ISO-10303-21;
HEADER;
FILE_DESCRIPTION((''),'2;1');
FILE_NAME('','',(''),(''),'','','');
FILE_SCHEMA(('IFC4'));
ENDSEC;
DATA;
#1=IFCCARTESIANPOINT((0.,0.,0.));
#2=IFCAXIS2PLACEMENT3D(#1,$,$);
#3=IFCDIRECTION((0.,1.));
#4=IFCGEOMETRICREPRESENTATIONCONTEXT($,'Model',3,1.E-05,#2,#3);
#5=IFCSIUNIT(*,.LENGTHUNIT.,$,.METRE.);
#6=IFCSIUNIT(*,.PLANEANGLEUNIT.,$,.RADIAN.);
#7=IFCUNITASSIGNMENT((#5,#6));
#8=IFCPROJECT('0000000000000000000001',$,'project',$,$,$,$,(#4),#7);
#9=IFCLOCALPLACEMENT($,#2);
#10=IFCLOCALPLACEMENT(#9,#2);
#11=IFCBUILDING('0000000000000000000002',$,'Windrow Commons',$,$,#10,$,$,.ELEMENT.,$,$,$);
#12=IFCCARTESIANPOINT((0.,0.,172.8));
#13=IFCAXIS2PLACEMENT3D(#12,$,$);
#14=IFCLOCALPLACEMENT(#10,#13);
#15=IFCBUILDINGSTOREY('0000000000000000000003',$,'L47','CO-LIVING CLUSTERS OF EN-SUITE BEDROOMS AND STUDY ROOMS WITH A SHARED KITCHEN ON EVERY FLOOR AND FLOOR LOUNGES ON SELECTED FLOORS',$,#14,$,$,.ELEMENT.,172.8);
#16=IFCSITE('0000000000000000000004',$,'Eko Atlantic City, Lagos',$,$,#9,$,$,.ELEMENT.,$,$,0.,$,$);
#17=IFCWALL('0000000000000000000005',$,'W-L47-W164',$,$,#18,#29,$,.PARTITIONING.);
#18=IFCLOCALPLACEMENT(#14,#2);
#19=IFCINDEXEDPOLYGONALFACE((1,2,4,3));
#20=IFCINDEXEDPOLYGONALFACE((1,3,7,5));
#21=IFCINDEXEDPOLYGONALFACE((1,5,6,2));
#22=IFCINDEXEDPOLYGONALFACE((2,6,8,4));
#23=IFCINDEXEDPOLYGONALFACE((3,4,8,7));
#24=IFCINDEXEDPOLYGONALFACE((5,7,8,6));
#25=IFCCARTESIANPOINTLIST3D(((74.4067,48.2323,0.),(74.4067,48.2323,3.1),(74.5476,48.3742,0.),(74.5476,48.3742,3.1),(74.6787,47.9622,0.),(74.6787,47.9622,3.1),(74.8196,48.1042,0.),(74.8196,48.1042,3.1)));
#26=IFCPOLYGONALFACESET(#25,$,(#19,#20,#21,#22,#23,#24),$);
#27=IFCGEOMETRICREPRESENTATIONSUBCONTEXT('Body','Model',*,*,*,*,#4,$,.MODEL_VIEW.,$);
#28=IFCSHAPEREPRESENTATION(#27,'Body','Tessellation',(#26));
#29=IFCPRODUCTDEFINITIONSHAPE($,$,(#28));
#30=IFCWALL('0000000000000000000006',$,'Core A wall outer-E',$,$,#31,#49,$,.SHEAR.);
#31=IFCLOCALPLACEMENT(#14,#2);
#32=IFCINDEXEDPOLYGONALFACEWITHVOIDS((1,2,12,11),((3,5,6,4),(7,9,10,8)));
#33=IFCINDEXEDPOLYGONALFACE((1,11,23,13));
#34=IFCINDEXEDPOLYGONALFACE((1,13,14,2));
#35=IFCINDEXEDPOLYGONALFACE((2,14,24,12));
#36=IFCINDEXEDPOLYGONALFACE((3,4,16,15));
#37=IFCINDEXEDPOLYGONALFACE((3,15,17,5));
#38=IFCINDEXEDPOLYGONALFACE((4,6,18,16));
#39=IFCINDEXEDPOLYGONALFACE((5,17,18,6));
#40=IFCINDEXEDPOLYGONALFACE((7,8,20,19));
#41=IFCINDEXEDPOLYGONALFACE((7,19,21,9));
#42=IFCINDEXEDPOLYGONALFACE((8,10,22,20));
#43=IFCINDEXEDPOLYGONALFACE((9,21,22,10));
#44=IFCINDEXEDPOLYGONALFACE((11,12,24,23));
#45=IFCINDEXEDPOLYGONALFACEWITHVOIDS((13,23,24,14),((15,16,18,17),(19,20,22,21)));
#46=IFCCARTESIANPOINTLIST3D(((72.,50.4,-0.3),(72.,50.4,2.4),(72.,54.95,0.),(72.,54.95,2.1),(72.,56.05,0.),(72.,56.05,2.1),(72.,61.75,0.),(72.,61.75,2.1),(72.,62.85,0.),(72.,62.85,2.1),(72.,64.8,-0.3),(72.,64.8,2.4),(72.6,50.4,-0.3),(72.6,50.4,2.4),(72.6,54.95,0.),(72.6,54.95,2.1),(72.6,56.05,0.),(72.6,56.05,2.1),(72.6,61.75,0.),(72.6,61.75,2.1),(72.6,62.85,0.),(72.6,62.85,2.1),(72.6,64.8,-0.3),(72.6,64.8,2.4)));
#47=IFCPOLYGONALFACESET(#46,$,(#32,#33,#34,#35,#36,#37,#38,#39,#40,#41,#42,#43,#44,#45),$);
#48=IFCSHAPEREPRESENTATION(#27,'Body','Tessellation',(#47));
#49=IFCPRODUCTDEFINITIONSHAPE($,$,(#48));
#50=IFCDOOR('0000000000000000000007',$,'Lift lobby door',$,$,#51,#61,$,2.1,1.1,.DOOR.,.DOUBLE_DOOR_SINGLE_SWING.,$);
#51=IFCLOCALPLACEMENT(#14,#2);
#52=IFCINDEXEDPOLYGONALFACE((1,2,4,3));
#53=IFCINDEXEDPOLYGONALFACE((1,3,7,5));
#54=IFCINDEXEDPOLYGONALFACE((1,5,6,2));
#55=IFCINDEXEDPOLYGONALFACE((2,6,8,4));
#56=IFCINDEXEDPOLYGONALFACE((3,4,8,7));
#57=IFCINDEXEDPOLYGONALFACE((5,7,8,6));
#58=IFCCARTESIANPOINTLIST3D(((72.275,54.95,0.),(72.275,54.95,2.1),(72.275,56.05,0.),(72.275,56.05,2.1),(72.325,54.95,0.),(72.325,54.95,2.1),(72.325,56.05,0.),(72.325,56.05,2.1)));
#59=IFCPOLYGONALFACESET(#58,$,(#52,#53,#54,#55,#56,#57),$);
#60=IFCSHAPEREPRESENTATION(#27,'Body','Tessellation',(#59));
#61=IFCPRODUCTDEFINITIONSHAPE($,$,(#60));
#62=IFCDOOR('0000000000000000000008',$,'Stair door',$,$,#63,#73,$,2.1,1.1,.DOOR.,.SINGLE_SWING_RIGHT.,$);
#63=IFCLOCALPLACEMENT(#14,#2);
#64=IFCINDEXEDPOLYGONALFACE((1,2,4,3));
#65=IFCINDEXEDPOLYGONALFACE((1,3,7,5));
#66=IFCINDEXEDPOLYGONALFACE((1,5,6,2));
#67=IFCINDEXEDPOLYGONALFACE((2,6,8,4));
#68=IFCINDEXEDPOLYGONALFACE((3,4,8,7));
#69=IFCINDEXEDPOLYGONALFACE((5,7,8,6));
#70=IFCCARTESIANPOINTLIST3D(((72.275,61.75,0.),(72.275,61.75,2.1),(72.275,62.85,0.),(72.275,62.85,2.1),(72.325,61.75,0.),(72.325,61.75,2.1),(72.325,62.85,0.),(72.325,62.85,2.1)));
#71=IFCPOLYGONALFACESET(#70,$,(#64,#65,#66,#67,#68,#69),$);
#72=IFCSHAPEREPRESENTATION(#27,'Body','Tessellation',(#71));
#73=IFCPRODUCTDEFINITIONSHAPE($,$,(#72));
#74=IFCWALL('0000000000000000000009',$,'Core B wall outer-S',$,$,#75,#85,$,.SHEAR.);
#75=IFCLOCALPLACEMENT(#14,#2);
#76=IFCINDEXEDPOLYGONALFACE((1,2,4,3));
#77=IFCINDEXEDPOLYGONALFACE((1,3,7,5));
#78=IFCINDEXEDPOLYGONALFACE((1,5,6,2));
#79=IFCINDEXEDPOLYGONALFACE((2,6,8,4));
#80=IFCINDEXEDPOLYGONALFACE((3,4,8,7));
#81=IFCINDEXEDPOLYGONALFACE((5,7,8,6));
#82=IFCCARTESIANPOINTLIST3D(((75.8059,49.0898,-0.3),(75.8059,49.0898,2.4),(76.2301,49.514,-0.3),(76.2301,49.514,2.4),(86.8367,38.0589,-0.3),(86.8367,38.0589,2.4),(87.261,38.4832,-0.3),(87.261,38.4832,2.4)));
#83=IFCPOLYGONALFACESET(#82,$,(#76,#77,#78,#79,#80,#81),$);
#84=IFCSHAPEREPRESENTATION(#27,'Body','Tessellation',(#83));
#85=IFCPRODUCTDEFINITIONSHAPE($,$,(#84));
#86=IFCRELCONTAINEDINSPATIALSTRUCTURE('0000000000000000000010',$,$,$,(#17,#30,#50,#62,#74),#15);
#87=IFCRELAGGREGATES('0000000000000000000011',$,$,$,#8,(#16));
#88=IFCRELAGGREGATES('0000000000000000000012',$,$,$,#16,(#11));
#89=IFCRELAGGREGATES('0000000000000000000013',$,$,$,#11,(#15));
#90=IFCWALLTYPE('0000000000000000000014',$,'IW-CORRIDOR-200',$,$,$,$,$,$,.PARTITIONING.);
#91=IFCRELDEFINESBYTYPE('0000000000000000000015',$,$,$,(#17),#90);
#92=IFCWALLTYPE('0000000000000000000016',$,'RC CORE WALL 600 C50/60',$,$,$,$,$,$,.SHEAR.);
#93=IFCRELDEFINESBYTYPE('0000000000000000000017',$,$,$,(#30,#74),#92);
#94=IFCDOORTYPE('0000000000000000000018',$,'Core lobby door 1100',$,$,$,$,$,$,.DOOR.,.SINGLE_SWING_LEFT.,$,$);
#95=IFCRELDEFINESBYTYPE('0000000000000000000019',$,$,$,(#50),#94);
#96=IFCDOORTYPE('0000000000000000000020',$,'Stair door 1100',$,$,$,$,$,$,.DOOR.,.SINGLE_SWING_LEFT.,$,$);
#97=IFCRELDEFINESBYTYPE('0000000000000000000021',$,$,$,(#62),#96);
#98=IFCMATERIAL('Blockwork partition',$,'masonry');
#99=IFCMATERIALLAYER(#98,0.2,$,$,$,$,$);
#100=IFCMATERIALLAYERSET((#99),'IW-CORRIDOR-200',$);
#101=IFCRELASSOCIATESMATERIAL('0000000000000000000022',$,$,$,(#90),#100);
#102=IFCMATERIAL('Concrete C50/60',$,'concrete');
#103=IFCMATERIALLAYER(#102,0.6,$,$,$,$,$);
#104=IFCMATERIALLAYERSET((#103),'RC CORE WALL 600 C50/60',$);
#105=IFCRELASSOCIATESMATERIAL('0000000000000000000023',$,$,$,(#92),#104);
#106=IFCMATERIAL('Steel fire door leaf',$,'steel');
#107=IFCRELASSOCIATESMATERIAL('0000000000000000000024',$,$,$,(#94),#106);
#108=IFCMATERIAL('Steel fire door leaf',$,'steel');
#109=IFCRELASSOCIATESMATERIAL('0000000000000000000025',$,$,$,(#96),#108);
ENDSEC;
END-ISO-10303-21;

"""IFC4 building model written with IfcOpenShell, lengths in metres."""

from ifc_helpers import new_model, si_unit, direction, frame, frame_2d, origin, place, context, subcontext, project, spatial, rectangle, extrude, material, layer, layer_set, type_object, element, fill, save


model = new_model("IFC4")

# Units and contexts
model_context = context("Model", 3, precision=1e-05, world=origin(), true_north=direction((0.0, 1.0)))
body_context = subcontext(model_context, "Body", "Model", "MODEL_VIEW")
ifc_project = project(units=[si_unit("LENGTHUNIT", "METRE"), si_unit("PLANEANGLEUNIT", "RADIAN")], contexts=[model_context])

# Site, building, storey
site_placement = place(None, origin())
site = spatial("IfcSite", under=ifc_project, at=site_placement, Name="Eko Atlantic City, Lagos", CompositionType="ELEMENT", RefElevation=0.0)
building_placement = place(site_placement, origin())
building = spatial("IfcBuilding", under=site, at=building_placement, Name="Windrow Commons", CompositionType="ELEMENT")
storey_placement = place(building_placement, frame((0.0, 0.0, 172.8)))
storey = spatial("IfcBuildingStorey", under=building, at=storey_placement, Name="L47", Description="CO-LIVING CLUSTERS OF EN-SUITE BEDROOMS AND STUDY ROOMS WITH A SHARED KITCHEN ON EVERY FLOOR AND FLOOR LOUNGES ON SELECTED FLOORS", CompositionType="ELEMENT", Elevation=172.8)

# Shared definitions
ifc_material_1 = material(Name="Blockwork partition", Category="masonry")
ifc_layer_1 = layer(ifc_material_1, 0.2)
ifc_layer_set_1 = layer_set([ifc_layer_1], Name="IW-CORRIDOR-200")
wall_type_1 = type_object("IfcWallType", Name="IW-CORRIDOR-200", PredefinedType="PARTITIONING", material=ifc_layer_set_1)

# Wall
wall_1_placement = place(storey_placement, frame((74.4772, 48.3032, 0.0), z_axis=(0.0, 0.0, 1.0), x_axis=(0.709711, -0.704493, 0.0)))
element("IfcWall", 1, at=wall_1_placement, inside=storey, type_object=wall_type_1, Name="W-L47-W164", PredefinedType="PARTITIONING", context=body_context, shape_type="SweptSolid", body=[
    extrude(rectangle(XDim=0.3833, YDim=0.2, at=frame_2d((0.1916, 0.0))), origin(), (0.0, 0.0, 1.0), 3.1),
])

# Wall, openings, doors
ifc_material_2 = material(Name="Concrete C50/60", Category="concrete")
ifc_layer_2 = layer(ifc_material_2, 0.6)
ifc_layer_set_2 = layer_set([ifc_layer_2], Name="RC CORE WALL 600 C50/60")
wall_type_2 = type_object("IfcWallType", Name="RC CORE WALL 600 C50/60", PredefinedType="SHEAR", material=ifc_layer_set_2)
wall_2_placement = place(storey_placement, frame((72.3, 50.4, -0.3), z_axis=(0.0, 0.0, 1.0), x_axis=(0.0, 1.0, 0.0)))
wall_2 = element("IfcWall", 2, at=wall_2_placement, inside=storey, type_object=wall_type_2, Name="Core A wall outer-E", PredefinedType="SHEAR", context=body_context, shape_type="SweptSolid", body=[
    extrude(rectangle(XDim=14.4, YDim=0.6, at=frame_2d((7.2, 0.0))), origin(), (0.0, 0.0, 1.0), 2.7),
])
opening_1_placement = place(wall_2_placement, frame((4.55, 0.0, 0.3)))
opening_1 = element("IfcOpeningElement", 3, at=opening_1_placement, cuts=wall_2, PredefinedType="OPENING", context=body_context, shape_type="SweptSolid", body=[
    extrude(rectangle(XDim=1.1, YDim=2.1, at=frame_2d((0.55, 1.05))), frame((0.0, 0.31, 0.0), z_axis=(0.0, -1.0, 0.0), x_axis=(1.0, 0.0, 0.0)), (0.0, 0.0, 1.0), 0.62),
])
opening_2_placement = place(wall_2_placement, frame((11.35, 0.0, 0.3)))
opening_2 = element("IfcOpeningElement", 4, at=opening_2_placement, cuts=wall_2, PredefinedType="OPENING", context=body_context, shape_type="SweptSolid", body=[
    extrude(rectangle(XDim=1.1, YDim=2.1, at=frame_2d((0.55, 1.05))), frame((0.0, 0.31, 0.0), z_axis=(0.0, -1.0, 0.0), x_axis=(1.0, 0.0, 0.0)), (0.0, 0.0, 1.0), 0.62),
])
ifc_material_3 = material(Name="Steel fire door leaf", Category="steel")
door_type_1 = type_object("IfcDoorType", Name="Core lobby door 1100", OperationType="SINGLE_SWING_LEFT", PredefinedType="DOOR", material=ifc_material_3)
door_1_placement = place(opening_1_placement, origin())
door_1 = element("IfcDoor", 5, at=door_1_placement, inside=storey, type_object=door_type_1, Name="Lift lobby door", OperationType="DOUBLE_DOOR_SINGLE_SWING", OverallHeight=2.1, OverallWidth=1.1, PredefinedType="DOOR", context=body_context, shape_type="SweptSolid", body=[
    extrude(rectangle(XDim=1.1, YDim=2.1, at=frame_2d((0.55, 1.05))), frame((0.0, 0.025, 0.0), z_axis=(0.0, -1.0, 0.0), x_axis=(1.0, 0.0, 0.0)), (0.0, 0.0, 1.0), 0.05),
])
fill(opening_1, door_1)
ifc_material_4 = material(Name="Steel fire door leaf", Category="steel")
door_type_2 = type_object("IfcDoorType", Name="Stair door 1100", OperationType="SINGLE_SWING_LEFT", PredefinedType="DOOR", material=ifc_material_4)
door_2_placement = place(opening_2_placement, origin())
door_2 = element("IfcDoor", 6, at=door_2_placement, inside=storey, type_object=door_type_2, Name="Stair door", OperationType="SINGLE_SWING_RIGHT", OverallHeight=2.1, OverallWidth=1.1, PredefinedType="DOOR", context=body_context, shape_type="SweptSolid", body=[
    extrude(rectangle(XDim=1.1, YDim=2.1, at=frame_2d((0.55, 1.05))), frame((0.0, 0.025, 0.0), z_axis=(0.0, -1.0, 0.0), x_axis=(1.0, 0.0, 0.0)), (0.0, 0.0, 1.0), 0.05),
])
fill(opening_2, door_2)

# Wall
wall_3_placement = place(storey_placement, frame((76.018, 49.3019, -0.3), z_axis=(0.0, 0.0, 1.0), x_axis=(0.707107, -0.707107, 0.0)))
element("IfcWall", 7, at=wall_3_placement, inside=storey, type_object=wall_type_2, Name="Core B wall outer-S", PredefinedType="SHEAR", context=body_context, shape_type="SweptSolid", body=[
    extrude(rectangle(XDim=15.6, YDim=0.6, at=frame_2d((7.8, 0.0))), origin(), (0.0, 0.0, 1.0), 2.7),
])

save(model, "model.ifc")
